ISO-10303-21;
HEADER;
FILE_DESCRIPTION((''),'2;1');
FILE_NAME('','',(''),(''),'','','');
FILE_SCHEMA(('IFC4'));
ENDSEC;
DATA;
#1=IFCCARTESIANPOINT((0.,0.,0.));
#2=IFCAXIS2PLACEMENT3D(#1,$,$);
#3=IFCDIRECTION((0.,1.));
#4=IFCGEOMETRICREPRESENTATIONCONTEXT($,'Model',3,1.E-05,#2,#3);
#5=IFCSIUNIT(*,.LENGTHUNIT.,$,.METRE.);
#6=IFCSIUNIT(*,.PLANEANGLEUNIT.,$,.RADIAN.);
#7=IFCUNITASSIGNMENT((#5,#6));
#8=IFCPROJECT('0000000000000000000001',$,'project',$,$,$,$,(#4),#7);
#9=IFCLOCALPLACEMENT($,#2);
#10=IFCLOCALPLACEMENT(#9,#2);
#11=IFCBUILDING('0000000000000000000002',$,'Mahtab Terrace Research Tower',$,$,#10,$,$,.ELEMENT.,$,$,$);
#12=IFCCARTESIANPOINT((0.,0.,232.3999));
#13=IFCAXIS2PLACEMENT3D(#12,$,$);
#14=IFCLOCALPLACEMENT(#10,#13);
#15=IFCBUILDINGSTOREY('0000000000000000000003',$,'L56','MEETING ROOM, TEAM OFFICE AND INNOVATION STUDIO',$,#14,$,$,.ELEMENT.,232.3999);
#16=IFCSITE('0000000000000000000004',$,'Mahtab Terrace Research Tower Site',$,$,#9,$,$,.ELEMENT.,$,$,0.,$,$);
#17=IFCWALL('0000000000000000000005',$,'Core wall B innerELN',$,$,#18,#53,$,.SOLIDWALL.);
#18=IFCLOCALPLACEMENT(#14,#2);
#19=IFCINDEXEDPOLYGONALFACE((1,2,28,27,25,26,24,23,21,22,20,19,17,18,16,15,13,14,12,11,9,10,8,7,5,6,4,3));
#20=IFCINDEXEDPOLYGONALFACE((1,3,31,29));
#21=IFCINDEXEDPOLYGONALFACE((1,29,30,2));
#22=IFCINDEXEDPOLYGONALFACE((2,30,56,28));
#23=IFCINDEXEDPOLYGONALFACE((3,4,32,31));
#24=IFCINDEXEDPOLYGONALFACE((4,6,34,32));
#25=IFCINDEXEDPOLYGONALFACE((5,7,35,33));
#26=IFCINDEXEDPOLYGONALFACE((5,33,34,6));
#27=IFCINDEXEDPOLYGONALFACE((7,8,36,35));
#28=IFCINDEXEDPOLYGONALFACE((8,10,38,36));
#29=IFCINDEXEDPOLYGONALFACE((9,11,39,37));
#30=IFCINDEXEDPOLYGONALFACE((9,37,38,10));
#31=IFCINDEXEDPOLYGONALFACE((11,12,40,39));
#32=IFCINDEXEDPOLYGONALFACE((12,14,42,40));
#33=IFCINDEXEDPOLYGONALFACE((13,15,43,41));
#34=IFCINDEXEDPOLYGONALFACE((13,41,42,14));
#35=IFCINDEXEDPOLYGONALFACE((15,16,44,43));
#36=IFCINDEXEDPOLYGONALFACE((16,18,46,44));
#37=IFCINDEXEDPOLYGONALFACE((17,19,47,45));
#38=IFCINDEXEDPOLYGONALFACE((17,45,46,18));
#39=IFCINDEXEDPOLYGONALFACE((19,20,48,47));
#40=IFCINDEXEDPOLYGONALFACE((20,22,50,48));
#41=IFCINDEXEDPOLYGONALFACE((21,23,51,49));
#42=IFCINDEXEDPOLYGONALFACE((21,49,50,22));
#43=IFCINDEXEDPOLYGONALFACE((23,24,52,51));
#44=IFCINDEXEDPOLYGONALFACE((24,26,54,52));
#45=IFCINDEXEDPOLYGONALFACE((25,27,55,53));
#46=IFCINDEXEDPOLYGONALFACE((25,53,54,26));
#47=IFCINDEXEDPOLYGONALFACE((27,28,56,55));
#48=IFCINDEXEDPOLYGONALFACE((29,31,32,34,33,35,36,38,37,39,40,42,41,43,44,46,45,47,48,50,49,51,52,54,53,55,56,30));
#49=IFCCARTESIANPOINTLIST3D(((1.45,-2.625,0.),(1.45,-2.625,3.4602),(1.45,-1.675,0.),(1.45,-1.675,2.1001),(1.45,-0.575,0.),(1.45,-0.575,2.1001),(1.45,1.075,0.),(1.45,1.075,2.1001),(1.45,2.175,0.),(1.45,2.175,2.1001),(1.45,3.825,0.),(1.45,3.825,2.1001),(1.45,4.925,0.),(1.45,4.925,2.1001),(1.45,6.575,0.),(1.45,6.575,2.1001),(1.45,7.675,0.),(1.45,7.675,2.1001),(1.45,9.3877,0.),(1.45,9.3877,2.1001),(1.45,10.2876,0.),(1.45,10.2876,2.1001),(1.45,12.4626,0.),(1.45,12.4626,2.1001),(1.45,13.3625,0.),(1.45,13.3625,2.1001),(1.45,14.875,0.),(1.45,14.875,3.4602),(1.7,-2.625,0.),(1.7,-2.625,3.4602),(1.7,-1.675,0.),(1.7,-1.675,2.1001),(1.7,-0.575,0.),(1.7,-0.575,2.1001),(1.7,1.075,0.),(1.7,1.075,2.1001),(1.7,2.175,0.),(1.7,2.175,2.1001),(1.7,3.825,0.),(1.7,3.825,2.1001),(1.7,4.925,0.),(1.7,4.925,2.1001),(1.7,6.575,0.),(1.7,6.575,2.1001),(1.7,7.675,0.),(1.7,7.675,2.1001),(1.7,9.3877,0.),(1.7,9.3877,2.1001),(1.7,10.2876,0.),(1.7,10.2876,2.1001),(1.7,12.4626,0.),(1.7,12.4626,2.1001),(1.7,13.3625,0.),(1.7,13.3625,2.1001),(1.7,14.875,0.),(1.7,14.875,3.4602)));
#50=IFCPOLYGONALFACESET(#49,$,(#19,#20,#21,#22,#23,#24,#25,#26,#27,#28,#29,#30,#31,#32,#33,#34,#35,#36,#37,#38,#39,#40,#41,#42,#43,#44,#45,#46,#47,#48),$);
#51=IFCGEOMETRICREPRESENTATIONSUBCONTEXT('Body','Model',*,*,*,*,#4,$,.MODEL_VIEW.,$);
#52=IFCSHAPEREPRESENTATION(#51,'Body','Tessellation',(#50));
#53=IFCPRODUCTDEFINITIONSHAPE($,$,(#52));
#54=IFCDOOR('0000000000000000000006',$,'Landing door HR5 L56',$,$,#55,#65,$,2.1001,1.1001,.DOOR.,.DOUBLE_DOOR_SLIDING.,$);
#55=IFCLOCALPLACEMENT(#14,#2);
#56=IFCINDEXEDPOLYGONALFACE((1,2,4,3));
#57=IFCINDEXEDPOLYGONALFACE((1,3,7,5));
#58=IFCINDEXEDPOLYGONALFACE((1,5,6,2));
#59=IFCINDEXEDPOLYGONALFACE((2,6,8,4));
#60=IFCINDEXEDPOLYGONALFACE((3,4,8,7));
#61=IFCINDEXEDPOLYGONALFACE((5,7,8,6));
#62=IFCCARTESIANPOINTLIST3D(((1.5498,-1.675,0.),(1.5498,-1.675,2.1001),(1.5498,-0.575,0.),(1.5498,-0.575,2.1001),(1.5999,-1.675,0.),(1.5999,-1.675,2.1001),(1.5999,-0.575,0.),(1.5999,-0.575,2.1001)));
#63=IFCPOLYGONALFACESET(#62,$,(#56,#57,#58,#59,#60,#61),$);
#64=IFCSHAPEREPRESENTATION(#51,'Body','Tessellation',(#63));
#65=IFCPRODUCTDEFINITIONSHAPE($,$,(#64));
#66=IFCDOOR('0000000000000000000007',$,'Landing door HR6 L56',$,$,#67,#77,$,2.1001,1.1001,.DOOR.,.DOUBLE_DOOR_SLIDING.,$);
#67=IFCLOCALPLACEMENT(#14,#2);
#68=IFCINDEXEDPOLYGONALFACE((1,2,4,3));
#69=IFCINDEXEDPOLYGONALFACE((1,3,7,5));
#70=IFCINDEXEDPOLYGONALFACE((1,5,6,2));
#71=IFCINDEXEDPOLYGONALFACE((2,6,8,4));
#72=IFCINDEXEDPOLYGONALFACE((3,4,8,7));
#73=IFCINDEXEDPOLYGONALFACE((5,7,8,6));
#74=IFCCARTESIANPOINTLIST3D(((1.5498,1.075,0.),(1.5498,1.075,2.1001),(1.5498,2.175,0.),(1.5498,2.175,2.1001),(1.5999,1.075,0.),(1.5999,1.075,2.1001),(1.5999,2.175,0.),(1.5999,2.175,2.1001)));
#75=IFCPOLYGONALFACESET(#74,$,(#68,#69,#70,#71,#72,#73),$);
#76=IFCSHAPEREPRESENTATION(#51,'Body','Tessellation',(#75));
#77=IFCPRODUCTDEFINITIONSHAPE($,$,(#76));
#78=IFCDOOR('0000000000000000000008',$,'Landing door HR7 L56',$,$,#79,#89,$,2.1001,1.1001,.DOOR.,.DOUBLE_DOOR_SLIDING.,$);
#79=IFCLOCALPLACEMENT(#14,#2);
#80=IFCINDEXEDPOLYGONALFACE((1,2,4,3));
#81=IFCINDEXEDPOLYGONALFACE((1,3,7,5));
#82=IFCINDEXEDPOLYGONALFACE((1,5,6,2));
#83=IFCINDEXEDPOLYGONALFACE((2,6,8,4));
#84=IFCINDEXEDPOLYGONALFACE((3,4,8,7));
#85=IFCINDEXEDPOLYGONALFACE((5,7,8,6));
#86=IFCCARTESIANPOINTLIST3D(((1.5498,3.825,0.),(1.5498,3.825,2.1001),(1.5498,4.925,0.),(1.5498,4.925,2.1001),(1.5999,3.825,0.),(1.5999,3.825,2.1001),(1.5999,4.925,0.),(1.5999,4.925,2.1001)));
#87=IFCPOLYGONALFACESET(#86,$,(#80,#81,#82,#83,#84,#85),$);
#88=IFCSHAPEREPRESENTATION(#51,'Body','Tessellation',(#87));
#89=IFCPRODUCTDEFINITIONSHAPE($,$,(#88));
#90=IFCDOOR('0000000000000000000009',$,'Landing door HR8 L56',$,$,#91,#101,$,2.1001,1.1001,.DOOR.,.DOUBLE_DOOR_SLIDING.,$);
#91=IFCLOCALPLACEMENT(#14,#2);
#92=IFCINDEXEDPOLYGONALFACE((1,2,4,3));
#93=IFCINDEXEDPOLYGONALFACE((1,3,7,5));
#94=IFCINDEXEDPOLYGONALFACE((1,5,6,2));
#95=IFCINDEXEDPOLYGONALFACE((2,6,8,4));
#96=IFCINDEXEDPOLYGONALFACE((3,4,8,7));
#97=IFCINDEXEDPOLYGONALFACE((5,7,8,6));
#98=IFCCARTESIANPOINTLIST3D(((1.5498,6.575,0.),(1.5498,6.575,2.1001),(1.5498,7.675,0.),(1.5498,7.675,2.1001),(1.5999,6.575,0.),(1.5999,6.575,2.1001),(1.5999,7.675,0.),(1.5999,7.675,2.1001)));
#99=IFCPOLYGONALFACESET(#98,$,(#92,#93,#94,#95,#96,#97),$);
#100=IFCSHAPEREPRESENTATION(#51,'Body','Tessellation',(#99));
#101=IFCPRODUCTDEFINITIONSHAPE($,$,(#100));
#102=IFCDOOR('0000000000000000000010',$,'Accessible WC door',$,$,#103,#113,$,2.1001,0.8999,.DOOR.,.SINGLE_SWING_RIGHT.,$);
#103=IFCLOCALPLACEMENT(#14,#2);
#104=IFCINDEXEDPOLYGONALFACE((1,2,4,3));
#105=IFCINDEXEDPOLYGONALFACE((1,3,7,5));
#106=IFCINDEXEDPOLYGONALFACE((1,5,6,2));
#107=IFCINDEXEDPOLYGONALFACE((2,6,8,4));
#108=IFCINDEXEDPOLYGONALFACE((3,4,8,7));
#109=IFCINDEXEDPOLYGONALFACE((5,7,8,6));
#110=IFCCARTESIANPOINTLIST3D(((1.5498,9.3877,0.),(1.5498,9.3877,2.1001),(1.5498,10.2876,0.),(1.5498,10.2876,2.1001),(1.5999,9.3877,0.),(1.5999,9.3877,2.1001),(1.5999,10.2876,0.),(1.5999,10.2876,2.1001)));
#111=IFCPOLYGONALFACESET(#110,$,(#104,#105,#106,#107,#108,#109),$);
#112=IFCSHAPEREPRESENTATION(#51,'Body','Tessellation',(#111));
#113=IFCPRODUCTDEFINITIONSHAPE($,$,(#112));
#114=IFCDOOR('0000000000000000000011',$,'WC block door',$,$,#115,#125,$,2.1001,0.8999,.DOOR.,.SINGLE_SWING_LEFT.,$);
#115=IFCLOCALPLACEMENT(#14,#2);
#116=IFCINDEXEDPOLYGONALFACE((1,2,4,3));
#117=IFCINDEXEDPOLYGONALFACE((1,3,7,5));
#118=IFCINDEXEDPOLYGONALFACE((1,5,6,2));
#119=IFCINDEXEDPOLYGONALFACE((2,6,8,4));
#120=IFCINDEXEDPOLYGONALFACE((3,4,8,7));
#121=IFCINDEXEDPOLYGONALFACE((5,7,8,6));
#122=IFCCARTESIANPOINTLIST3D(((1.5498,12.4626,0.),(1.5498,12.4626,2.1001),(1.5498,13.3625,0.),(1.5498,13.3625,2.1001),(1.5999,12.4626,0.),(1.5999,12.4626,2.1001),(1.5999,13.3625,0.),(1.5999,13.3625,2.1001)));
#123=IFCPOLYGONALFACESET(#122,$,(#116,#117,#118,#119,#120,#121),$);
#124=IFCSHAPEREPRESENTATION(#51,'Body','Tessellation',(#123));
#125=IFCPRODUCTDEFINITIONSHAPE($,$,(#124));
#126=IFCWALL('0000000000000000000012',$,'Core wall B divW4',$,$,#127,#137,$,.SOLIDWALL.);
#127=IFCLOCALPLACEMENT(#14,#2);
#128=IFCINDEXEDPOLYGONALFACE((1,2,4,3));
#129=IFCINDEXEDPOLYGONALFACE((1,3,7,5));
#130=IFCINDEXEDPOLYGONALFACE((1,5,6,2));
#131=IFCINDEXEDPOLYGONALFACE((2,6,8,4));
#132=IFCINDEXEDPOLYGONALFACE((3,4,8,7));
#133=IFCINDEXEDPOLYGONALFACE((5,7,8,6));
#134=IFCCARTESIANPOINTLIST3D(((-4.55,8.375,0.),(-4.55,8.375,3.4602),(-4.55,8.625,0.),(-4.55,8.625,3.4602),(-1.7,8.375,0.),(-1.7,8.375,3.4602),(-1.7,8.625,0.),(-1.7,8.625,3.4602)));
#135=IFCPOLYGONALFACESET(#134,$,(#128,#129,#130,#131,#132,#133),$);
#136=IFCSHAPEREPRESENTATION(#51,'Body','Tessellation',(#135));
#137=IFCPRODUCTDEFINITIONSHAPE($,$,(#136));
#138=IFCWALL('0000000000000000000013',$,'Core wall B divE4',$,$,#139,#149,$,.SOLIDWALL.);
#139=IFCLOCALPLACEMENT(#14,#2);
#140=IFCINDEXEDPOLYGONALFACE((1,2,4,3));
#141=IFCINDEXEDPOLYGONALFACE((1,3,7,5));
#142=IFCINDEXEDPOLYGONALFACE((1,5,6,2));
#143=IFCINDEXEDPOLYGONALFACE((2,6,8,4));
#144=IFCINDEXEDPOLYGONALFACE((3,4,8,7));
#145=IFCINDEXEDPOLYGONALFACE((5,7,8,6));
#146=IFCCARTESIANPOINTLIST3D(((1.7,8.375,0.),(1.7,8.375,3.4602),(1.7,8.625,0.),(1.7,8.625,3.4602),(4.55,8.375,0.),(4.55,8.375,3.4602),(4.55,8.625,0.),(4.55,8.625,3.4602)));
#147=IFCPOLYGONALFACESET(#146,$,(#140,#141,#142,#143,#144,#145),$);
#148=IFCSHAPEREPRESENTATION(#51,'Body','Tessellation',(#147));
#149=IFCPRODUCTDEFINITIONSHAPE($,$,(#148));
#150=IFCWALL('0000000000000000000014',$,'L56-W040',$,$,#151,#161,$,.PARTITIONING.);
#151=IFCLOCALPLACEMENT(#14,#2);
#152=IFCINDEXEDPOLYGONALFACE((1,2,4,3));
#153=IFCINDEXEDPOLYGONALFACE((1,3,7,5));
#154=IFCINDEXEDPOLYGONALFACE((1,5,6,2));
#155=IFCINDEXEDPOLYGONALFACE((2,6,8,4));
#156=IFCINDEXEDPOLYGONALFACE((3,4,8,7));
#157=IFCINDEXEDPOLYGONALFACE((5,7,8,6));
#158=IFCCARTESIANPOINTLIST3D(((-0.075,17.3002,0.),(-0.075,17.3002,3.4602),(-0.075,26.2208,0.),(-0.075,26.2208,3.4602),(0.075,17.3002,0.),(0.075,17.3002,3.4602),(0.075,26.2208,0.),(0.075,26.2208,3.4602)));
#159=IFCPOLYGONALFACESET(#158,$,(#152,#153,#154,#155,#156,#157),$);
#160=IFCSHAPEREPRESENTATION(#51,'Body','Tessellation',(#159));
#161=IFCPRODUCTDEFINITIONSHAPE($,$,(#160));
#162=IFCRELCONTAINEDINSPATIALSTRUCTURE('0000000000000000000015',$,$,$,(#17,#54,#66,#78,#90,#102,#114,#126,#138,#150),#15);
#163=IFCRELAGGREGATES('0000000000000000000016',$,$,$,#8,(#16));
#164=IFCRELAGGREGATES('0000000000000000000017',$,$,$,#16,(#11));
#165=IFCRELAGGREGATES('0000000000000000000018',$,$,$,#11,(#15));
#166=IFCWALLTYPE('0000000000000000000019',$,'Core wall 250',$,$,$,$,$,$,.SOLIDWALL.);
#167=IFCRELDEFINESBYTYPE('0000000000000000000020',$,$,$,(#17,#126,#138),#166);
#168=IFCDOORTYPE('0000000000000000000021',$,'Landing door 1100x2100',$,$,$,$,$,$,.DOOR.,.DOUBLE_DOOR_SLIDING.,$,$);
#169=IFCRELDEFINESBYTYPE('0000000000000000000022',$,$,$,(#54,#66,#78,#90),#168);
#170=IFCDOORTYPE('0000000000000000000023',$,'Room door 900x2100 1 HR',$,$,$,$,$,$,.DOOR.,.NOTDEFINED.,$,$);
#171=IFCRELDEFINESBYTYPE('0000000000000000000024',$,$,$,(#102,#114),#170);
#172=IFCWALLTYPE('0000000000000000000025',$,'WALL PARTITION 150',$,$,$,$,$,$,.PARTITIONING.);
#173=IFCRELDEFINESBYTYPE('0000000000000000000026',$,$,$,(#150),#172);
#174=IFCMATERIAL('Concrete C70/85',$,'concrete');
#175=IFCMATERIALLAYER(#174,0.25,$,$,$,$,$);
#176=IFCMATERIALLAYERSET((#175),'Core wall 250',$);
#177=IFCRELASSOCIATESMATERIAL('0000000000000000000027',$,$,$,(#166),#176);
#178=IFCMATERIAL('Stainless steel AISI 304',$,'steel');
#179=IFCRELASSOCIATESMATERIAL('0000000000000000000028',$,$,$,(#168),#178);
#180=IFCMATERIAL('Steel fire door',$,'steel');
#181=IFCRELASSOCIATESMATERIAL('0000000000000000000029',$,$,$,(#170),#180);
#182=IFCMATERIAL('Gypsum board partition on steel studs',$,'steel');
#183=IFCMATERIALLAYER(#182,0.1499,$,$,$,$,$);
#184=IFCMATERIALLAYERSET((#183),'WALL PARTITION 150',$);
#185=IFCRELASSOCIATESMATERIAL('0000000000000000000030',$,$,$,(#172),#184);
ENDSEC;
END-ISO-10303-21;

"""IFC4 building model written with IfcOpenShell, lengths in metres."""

from ifc_helpers import new_model, si_unit, direction, frame, frame_2d, origin, place, context, subcontext, project, spatial, rectangle, extrude, material, layer, layer_set, type_object, element, fill, save


model = new_model("IFC4")

# Units and contexts
model_context = context("Model", 3, precision=1e-05, world=origin(), true_north=direction((0.0, 1.0)))
body_context = subcontext(model_context, "Body", "Model", "MODEL_VIEW")
ifc_project = project(units=[si_unit("LENGTHUNIT", "METRE"), si_unit("PLANEANGLEUNIT", "RADIAN")], contexts=[model_context])

# Site, building, storey
site_placement = place(None, origin())
site = spatial("IfcSite", under=ifc_project, at=site_placement, Name="Mahtab Terrace Research Tower Site", CompositionType="ELEMENT", RefElevation=0.0)
building_placement = place(site_placement, origin())
building = spatial("IfcBuilding", under=site, at=building_placement, Name="Mahtab Terrace Research Tower", CompositionType="ELEMENT")
storey_placement = place(building_placement, frame((0.0, 0.0, 232.3999)))
storey = spatial("IfcBuildingStorey", under=building, at=storey_placement, Name="L56", Description="MEETING ROOM, TEAM OFFICE AND INNOVATION STUDIO", CompositionType="ELEMENT", Elevation=232.3999)

# Shared definitions
ifc_material_1 = material(Name="Concrete C70/85", Category="concrete")

# Shared definitions
ifc_layer_1 = layer(ifc_material_1, 0.25)
ifc_layer_set_1 = layer_set([ifc_layer_1], Name="Core wall 250")
wall_type_1 = type_object("IfcWallType", Name="Core wall 250", PredefinedType="SOLIDWALL", material=ifc_layer_set_1)

# Shared definitions
ifc_material_2 = material(Name="Steel fire door", Category="steel")

# Wall, openings, doors
wall_1_placement = place(storey_placement, frame((1.575, 14.875, 0.0), z_axis=(0.0, 0.0, 1.0), x_axis=(0.0, -1.0, 0.0)))
wall_1 = element("IfcWall", 1, at=wall_1_placement, inside=storey, type_object=wall_type_1, Name="Core wall B innerELN", PredefinedType="SOLIDWALL", context=body_context, shape_type="SweptSolid", body=[
    extrude(rectangle(XDim=17.5, YDim=0.25, at=frame_2d((8.75, 0.0))), origin(), (0.0, 0.0, 1.0), 3.4602),
])
opening_1_placement = place(wall_1_placement, frame((15.45, 0.0, 0.0)))
opening_1 = element("IfcOpeningElement", 2, at=opening_1_placement, cuts=wall_1, PredefinedType="OPENING", context=body_context, shape_type="SweptSolid", body=[
    extrude(rectangle(XDim=1.1001, YDim=2.1001, at=frame_2d((0.55, 1.05))), frame((0.0, 0.135, 0.0), z_axis=(0.0, -1.0, 0.0), x_axis=(1.0, 0.0, 0.0)), (0.0, 0.0, 1.0), 0.27),
])
opening_2_placement = place(wall_1_placement, frame((12.7, 0.0, 0.0)))
opening_2 = element("IfcOpeningElement", 3, at=opening_2_placement, cuts=wall_1, PredefinedType="OPENING", context=body_context, shape_type="SweptSolid", body=[
    extrude(rectangle(XDim=1.1001, YDim=2.1001, at=frame_2d((0.55, 1.05))), frame((0.0, 0.135, 0.0), z_axis=(0.0, -1.0, 0.0), x_axis=(1.0, 0.0, 0.0)), (0.0, 0.0, 1.0), 0.27),
])
opening_3_placement = place(wall_1_placement, frame((9.95, 0.0, 0.0)))
opening_3 = element("IfcOpeningElement", 4, at=opening_3_placement, cuts=wall_1, PredefinedType="OPENING", context=body_context, shape_type="SweptSolid", body=[
    extrude(rectangle(XDim=1.1001, YDim=2.1001, at=frame_2d((0.55, 1.05))), frame((0.0, 0.135, 0.0), z_axis=(0.0, -1.0, 0.0), x_axis=(1.0, 0.0, 0.0)), (0.0, 0.0, 1.0), 0.27),
])
opening_4_placement = place(wall_1_placement, frame((7.2, 0.0, 0.0)))
opening_4 = element("IfcOpeningElement", 5, at=opening_4_placement, cuts=wall_1, PredefinedType="OPENING", context=body_context, shape_type="SweptSolid", body=[
    extrude(rectangle(XDim=1.1001, YDim=2.1001, at=frame_2d((0.55, 1.05))), frame((0.0, 0.135, 0.0), z_axis=(0.0, -1.0, 0.0), x_axis=(1.0, 0.0, 0.0)), (0.0, 0.0, 1.0), 0.27),
])
opening_5_placement = place(wall_1_placement, frame((4.5874, 0.0, 0.0)))
opening_5 = element("IfcOpeningElement", 6, at=opening_5_placement, cuts=wall_1, PredefinedType="OPENING", context=body_context, shape_type="SweptSolid", body=[
    extrude(rectangle(XDim=0.8999, YDim=2.1001, at=frame_2d((0.45, 1.05))), frame((0.0, 0.135, 0.0), z_axis=(0.0, -1.0, 0.0), x_axis=(1.0, 0.0, 0.0)), (0.0, 0.0, 1.0), 0.27),
])
opening_6_placement = place(wall_1_placement, frame((1.5125, 0.0, 0.0)))
opening_6 = element("IfcOpeningElement", 7, at=opening_6_placement, cuts=wall_1, PredefinedType="OPENING", context=body_context, shape_type="SweptSolid", body=[
    extrude(rectangle(XDim=0.8999, YDim=2.1001, at=frame_2d((0.45, 1.05))), frame((0.0, 0.135, 0.0), z_axis=(0.0, -1.0, 0.0), x_axis=(1.0, 0.0, 0.0)), (0.0, 0.0, 1.0), 0.27),
])
ifc_material_3 = material(Name="Stainless steel AISI 304", Category="steel")
door_type_1 = type_object("IfcDoorType", Name="Landing door 1100x2100", OperationType="DOUBLE_DOOR_SLIDING", PredefinedType="DOOR", material=ifc_material_3)
door_1_placement = place(opening_1_placement, origin())
door_1 = element("IfcDoor", 8, at=door_1_placement, inside=storey, type_object=door_type_1, Name="Landing door HR5 L56", OperationType="DOUBLE_DOOR_SLIDING", OverallHeight=2.1001, OverallWidth=1.1001, PredefinedType="DOOR", context=body_context, shape_type="SweptSolid", body=[
    extrude(rectangle(XDim=1.1001, YDim=2.1001, at=frame_2d((0.55, 1.05))), frame((0.0, 0.0249, 0.0), z_axis=(0.0, -1.0, 0.0), x_axis=(1.0, 0.0, 0.0)), (0.0, 0.0, 1.0), 0.05),
])
fill(opening_1, door_1)
door_2_placement = place(opening_2_placement, origin())
door_2 = element("IfcDoor", 9, at=door_2_placement, inside=storey, type_object=door_type_1, Name="Landing door HR6 L56", OperationType="DOUBLE_DOOR_SLIDING", OverallHeight=2.1001, OverallWidth=1.1001, PredefinedType="DOOR", context=body_context, shape_type="SweptSolid", body=[
    extrude(rectangle(XDim=1.1001, YDim=2.1001, at=frame_2d((0.55, 1.05))), frame((0.0, 0.0249, 0.0), z_axis=(0.0, -1.0, 0.0), x_axis=(1.0, 0.0, 0.0)), (0.0, 0.0, 1.0), 0.05),
])
fill(opening_2, door_2)
door_3_placement = place(opening_3_placement, origin())
door_3 = element("IfcDoor", 10, at=door_3_placement, inside=storey, type_object=door_type_1, Name="Landing door HR7 L56", OperationType="DOUBLE_DOOR_SLIDING", OverallHeight=2.1001, OverallWidth=1.1001, PredefinedType="DOOR", context=body_context, shape_type="SweptSolid", body=[
    extrude(rectangle(XDim=1.1001, YDim=2.1001, at=frame_2d((0.55, 1.05))), frame((0.0, 0.0249, 0.0), z_axis=(0.0, -1.0, 0.0), x_axis=(1.0, 0.0, 0.0)), (0.0, 0.0, 1.0), 0.05),
])
fill(opening_3, door_3)
door_4_placement = place(opening_4_placement, origin())
door_4 = element("IfcDoor", 11, at=door_4_placement, inside=storey, type_object=door_type_1, Name="Landing door HR8 L56", OperationType="DOUBLE_DOOR_SLIDING", OverallHeight=2.1001, OverallWidth=1.1001, PredefinedType="DOOR", context=body_context, shape_type="SweptSolid", body=[
    extrude(rectangle(XDim=1.1001, YDim=2.1001, at=frame_2d((0.55, 1.05))), frame((0.0, 0.0249, 0.0), z_axis=(0.0, -1.0, 0.0), x_axis=(1.0, 0.0, 0.0)), (0.0, 0.0, 1.0), 0.05),
])
fill(opening_4, door_4)
door_type_2 = type_object("IfcDoorType", Name="Room door 900x2100 1 HR", OperationType="NOTDEFINED", PredefinedType="DOOR", material=ifc_material_2)
door_5_placement = place(opening_5_placement, origin())
door_5 = element("IfcDoor", 12, at=door_5_placement, inside=storey, type_object=door_type_2, Name="Accessible WC door", OperationType="SINGLE_SWING_RIGHT", OverallHeight=2.1001, OverallWidth=0.8999, PredefinedType="DOOR", context=body_context, shape_type="SweptSolid", body=[
    extrude(rectangle(XDim=0.8999, YDim=2.1001, at=frame_2d((0.45, 1.05))), frame((0.0, 0.0249, 0.0), z_axis=(0.0, -1.0, 0.0), x_axis=(1.0, 0.0, 0.0)), (0.0, 0.0, 1.0), 0.05),
])
fill(opening_5, door_5)
door_6_placement = place(opening_6_placement, origin())
door_6 = element("IfcDoor", 13, at=door_6_placement, inside=storey, type_object=door_type_2, Name="WC block door", OperationType="SINGLE_SWING_LEFT", OverallHeight=2.1001, OverallWidth=0.8999, PredefinedType="DOOR", context=body_context, shape_type="SweptSolid", body=[
    extrude(rectangle(XDim=0.8999, YDim=2.1001, at=frame_2d((0.45, 1.05))), frame((0.0, 0.0249, 0.0), z_axis=(0.0, -1.0, 0.0), x_axis=(1.0, 0.0, 0.0)), (0.0, 0.0, 1.0), 0.05),
])
fill(opening_6, door_6)

# Walls
for number, where, z_axis, x_axis, name in (
    (14, (-4.55, 8.5, 0.0), (0.0, 0.0, 1.0), (1.0, 0.0, 0.0), "Core wall B divW4"),
    (15, (1.7, 8.5, 0.0), (0.0, 0.0, 1.0), (1.0, 0.0, 0.0), "Core wall B divE4"),
):
    element("IfcWall", number, at=place(storey_placement, frame(where, z_axis=z_axis, x_axis=x_axis)), inside=storey, type_object=wall_type_1, Name=name, PredefinedType="SOLIDWALL", context=body_context, shape_type="SweptSolid", body=[
        extrude(rectangle(XDim=2.8501, YDim=0.25, at=frame_2d((1.425, 0.0))), origin(), (0.0, 0.0, 1.0), 3.4602),
    ])
ifc_material_4 = material(Name="Gypsum board partition on steel studs", Category="steel")
ifc_layer_2 = layer(ifc_material_4, 0.1499)
ifc_layer_set_2 = layer_set([ifc_layer_2], Name="WALL PARTITION 150")
wall_type_2 = type_object("IfcWallType", Name="WALL PARTITION 150", PredefinedType="PARTITIONING", material=ifc_layer_set_2)
wall_2_placement = place(storey_placement, frame((0.0, 17.3, 0.0), z_axis=(0.0, 0.0, 1.0), x_axis=(0.0, 1.0, 0.0)))
element("IfcWall", 16, at=wall_2_placement, inside=storey, type_object=wall_type_2, Name="L56-W040", PredefinedType="PARTITIONING", context=body_context, shape_type="SweptSolid", body=[
    extrude(rectangle(XDim=8.9207, YDim=0.1499, at=frame_2d((4.4604, 0.0))), origin(), (0.0, 0.0, 1.0), 3.4602),
])

save(model, "model.ifc")
